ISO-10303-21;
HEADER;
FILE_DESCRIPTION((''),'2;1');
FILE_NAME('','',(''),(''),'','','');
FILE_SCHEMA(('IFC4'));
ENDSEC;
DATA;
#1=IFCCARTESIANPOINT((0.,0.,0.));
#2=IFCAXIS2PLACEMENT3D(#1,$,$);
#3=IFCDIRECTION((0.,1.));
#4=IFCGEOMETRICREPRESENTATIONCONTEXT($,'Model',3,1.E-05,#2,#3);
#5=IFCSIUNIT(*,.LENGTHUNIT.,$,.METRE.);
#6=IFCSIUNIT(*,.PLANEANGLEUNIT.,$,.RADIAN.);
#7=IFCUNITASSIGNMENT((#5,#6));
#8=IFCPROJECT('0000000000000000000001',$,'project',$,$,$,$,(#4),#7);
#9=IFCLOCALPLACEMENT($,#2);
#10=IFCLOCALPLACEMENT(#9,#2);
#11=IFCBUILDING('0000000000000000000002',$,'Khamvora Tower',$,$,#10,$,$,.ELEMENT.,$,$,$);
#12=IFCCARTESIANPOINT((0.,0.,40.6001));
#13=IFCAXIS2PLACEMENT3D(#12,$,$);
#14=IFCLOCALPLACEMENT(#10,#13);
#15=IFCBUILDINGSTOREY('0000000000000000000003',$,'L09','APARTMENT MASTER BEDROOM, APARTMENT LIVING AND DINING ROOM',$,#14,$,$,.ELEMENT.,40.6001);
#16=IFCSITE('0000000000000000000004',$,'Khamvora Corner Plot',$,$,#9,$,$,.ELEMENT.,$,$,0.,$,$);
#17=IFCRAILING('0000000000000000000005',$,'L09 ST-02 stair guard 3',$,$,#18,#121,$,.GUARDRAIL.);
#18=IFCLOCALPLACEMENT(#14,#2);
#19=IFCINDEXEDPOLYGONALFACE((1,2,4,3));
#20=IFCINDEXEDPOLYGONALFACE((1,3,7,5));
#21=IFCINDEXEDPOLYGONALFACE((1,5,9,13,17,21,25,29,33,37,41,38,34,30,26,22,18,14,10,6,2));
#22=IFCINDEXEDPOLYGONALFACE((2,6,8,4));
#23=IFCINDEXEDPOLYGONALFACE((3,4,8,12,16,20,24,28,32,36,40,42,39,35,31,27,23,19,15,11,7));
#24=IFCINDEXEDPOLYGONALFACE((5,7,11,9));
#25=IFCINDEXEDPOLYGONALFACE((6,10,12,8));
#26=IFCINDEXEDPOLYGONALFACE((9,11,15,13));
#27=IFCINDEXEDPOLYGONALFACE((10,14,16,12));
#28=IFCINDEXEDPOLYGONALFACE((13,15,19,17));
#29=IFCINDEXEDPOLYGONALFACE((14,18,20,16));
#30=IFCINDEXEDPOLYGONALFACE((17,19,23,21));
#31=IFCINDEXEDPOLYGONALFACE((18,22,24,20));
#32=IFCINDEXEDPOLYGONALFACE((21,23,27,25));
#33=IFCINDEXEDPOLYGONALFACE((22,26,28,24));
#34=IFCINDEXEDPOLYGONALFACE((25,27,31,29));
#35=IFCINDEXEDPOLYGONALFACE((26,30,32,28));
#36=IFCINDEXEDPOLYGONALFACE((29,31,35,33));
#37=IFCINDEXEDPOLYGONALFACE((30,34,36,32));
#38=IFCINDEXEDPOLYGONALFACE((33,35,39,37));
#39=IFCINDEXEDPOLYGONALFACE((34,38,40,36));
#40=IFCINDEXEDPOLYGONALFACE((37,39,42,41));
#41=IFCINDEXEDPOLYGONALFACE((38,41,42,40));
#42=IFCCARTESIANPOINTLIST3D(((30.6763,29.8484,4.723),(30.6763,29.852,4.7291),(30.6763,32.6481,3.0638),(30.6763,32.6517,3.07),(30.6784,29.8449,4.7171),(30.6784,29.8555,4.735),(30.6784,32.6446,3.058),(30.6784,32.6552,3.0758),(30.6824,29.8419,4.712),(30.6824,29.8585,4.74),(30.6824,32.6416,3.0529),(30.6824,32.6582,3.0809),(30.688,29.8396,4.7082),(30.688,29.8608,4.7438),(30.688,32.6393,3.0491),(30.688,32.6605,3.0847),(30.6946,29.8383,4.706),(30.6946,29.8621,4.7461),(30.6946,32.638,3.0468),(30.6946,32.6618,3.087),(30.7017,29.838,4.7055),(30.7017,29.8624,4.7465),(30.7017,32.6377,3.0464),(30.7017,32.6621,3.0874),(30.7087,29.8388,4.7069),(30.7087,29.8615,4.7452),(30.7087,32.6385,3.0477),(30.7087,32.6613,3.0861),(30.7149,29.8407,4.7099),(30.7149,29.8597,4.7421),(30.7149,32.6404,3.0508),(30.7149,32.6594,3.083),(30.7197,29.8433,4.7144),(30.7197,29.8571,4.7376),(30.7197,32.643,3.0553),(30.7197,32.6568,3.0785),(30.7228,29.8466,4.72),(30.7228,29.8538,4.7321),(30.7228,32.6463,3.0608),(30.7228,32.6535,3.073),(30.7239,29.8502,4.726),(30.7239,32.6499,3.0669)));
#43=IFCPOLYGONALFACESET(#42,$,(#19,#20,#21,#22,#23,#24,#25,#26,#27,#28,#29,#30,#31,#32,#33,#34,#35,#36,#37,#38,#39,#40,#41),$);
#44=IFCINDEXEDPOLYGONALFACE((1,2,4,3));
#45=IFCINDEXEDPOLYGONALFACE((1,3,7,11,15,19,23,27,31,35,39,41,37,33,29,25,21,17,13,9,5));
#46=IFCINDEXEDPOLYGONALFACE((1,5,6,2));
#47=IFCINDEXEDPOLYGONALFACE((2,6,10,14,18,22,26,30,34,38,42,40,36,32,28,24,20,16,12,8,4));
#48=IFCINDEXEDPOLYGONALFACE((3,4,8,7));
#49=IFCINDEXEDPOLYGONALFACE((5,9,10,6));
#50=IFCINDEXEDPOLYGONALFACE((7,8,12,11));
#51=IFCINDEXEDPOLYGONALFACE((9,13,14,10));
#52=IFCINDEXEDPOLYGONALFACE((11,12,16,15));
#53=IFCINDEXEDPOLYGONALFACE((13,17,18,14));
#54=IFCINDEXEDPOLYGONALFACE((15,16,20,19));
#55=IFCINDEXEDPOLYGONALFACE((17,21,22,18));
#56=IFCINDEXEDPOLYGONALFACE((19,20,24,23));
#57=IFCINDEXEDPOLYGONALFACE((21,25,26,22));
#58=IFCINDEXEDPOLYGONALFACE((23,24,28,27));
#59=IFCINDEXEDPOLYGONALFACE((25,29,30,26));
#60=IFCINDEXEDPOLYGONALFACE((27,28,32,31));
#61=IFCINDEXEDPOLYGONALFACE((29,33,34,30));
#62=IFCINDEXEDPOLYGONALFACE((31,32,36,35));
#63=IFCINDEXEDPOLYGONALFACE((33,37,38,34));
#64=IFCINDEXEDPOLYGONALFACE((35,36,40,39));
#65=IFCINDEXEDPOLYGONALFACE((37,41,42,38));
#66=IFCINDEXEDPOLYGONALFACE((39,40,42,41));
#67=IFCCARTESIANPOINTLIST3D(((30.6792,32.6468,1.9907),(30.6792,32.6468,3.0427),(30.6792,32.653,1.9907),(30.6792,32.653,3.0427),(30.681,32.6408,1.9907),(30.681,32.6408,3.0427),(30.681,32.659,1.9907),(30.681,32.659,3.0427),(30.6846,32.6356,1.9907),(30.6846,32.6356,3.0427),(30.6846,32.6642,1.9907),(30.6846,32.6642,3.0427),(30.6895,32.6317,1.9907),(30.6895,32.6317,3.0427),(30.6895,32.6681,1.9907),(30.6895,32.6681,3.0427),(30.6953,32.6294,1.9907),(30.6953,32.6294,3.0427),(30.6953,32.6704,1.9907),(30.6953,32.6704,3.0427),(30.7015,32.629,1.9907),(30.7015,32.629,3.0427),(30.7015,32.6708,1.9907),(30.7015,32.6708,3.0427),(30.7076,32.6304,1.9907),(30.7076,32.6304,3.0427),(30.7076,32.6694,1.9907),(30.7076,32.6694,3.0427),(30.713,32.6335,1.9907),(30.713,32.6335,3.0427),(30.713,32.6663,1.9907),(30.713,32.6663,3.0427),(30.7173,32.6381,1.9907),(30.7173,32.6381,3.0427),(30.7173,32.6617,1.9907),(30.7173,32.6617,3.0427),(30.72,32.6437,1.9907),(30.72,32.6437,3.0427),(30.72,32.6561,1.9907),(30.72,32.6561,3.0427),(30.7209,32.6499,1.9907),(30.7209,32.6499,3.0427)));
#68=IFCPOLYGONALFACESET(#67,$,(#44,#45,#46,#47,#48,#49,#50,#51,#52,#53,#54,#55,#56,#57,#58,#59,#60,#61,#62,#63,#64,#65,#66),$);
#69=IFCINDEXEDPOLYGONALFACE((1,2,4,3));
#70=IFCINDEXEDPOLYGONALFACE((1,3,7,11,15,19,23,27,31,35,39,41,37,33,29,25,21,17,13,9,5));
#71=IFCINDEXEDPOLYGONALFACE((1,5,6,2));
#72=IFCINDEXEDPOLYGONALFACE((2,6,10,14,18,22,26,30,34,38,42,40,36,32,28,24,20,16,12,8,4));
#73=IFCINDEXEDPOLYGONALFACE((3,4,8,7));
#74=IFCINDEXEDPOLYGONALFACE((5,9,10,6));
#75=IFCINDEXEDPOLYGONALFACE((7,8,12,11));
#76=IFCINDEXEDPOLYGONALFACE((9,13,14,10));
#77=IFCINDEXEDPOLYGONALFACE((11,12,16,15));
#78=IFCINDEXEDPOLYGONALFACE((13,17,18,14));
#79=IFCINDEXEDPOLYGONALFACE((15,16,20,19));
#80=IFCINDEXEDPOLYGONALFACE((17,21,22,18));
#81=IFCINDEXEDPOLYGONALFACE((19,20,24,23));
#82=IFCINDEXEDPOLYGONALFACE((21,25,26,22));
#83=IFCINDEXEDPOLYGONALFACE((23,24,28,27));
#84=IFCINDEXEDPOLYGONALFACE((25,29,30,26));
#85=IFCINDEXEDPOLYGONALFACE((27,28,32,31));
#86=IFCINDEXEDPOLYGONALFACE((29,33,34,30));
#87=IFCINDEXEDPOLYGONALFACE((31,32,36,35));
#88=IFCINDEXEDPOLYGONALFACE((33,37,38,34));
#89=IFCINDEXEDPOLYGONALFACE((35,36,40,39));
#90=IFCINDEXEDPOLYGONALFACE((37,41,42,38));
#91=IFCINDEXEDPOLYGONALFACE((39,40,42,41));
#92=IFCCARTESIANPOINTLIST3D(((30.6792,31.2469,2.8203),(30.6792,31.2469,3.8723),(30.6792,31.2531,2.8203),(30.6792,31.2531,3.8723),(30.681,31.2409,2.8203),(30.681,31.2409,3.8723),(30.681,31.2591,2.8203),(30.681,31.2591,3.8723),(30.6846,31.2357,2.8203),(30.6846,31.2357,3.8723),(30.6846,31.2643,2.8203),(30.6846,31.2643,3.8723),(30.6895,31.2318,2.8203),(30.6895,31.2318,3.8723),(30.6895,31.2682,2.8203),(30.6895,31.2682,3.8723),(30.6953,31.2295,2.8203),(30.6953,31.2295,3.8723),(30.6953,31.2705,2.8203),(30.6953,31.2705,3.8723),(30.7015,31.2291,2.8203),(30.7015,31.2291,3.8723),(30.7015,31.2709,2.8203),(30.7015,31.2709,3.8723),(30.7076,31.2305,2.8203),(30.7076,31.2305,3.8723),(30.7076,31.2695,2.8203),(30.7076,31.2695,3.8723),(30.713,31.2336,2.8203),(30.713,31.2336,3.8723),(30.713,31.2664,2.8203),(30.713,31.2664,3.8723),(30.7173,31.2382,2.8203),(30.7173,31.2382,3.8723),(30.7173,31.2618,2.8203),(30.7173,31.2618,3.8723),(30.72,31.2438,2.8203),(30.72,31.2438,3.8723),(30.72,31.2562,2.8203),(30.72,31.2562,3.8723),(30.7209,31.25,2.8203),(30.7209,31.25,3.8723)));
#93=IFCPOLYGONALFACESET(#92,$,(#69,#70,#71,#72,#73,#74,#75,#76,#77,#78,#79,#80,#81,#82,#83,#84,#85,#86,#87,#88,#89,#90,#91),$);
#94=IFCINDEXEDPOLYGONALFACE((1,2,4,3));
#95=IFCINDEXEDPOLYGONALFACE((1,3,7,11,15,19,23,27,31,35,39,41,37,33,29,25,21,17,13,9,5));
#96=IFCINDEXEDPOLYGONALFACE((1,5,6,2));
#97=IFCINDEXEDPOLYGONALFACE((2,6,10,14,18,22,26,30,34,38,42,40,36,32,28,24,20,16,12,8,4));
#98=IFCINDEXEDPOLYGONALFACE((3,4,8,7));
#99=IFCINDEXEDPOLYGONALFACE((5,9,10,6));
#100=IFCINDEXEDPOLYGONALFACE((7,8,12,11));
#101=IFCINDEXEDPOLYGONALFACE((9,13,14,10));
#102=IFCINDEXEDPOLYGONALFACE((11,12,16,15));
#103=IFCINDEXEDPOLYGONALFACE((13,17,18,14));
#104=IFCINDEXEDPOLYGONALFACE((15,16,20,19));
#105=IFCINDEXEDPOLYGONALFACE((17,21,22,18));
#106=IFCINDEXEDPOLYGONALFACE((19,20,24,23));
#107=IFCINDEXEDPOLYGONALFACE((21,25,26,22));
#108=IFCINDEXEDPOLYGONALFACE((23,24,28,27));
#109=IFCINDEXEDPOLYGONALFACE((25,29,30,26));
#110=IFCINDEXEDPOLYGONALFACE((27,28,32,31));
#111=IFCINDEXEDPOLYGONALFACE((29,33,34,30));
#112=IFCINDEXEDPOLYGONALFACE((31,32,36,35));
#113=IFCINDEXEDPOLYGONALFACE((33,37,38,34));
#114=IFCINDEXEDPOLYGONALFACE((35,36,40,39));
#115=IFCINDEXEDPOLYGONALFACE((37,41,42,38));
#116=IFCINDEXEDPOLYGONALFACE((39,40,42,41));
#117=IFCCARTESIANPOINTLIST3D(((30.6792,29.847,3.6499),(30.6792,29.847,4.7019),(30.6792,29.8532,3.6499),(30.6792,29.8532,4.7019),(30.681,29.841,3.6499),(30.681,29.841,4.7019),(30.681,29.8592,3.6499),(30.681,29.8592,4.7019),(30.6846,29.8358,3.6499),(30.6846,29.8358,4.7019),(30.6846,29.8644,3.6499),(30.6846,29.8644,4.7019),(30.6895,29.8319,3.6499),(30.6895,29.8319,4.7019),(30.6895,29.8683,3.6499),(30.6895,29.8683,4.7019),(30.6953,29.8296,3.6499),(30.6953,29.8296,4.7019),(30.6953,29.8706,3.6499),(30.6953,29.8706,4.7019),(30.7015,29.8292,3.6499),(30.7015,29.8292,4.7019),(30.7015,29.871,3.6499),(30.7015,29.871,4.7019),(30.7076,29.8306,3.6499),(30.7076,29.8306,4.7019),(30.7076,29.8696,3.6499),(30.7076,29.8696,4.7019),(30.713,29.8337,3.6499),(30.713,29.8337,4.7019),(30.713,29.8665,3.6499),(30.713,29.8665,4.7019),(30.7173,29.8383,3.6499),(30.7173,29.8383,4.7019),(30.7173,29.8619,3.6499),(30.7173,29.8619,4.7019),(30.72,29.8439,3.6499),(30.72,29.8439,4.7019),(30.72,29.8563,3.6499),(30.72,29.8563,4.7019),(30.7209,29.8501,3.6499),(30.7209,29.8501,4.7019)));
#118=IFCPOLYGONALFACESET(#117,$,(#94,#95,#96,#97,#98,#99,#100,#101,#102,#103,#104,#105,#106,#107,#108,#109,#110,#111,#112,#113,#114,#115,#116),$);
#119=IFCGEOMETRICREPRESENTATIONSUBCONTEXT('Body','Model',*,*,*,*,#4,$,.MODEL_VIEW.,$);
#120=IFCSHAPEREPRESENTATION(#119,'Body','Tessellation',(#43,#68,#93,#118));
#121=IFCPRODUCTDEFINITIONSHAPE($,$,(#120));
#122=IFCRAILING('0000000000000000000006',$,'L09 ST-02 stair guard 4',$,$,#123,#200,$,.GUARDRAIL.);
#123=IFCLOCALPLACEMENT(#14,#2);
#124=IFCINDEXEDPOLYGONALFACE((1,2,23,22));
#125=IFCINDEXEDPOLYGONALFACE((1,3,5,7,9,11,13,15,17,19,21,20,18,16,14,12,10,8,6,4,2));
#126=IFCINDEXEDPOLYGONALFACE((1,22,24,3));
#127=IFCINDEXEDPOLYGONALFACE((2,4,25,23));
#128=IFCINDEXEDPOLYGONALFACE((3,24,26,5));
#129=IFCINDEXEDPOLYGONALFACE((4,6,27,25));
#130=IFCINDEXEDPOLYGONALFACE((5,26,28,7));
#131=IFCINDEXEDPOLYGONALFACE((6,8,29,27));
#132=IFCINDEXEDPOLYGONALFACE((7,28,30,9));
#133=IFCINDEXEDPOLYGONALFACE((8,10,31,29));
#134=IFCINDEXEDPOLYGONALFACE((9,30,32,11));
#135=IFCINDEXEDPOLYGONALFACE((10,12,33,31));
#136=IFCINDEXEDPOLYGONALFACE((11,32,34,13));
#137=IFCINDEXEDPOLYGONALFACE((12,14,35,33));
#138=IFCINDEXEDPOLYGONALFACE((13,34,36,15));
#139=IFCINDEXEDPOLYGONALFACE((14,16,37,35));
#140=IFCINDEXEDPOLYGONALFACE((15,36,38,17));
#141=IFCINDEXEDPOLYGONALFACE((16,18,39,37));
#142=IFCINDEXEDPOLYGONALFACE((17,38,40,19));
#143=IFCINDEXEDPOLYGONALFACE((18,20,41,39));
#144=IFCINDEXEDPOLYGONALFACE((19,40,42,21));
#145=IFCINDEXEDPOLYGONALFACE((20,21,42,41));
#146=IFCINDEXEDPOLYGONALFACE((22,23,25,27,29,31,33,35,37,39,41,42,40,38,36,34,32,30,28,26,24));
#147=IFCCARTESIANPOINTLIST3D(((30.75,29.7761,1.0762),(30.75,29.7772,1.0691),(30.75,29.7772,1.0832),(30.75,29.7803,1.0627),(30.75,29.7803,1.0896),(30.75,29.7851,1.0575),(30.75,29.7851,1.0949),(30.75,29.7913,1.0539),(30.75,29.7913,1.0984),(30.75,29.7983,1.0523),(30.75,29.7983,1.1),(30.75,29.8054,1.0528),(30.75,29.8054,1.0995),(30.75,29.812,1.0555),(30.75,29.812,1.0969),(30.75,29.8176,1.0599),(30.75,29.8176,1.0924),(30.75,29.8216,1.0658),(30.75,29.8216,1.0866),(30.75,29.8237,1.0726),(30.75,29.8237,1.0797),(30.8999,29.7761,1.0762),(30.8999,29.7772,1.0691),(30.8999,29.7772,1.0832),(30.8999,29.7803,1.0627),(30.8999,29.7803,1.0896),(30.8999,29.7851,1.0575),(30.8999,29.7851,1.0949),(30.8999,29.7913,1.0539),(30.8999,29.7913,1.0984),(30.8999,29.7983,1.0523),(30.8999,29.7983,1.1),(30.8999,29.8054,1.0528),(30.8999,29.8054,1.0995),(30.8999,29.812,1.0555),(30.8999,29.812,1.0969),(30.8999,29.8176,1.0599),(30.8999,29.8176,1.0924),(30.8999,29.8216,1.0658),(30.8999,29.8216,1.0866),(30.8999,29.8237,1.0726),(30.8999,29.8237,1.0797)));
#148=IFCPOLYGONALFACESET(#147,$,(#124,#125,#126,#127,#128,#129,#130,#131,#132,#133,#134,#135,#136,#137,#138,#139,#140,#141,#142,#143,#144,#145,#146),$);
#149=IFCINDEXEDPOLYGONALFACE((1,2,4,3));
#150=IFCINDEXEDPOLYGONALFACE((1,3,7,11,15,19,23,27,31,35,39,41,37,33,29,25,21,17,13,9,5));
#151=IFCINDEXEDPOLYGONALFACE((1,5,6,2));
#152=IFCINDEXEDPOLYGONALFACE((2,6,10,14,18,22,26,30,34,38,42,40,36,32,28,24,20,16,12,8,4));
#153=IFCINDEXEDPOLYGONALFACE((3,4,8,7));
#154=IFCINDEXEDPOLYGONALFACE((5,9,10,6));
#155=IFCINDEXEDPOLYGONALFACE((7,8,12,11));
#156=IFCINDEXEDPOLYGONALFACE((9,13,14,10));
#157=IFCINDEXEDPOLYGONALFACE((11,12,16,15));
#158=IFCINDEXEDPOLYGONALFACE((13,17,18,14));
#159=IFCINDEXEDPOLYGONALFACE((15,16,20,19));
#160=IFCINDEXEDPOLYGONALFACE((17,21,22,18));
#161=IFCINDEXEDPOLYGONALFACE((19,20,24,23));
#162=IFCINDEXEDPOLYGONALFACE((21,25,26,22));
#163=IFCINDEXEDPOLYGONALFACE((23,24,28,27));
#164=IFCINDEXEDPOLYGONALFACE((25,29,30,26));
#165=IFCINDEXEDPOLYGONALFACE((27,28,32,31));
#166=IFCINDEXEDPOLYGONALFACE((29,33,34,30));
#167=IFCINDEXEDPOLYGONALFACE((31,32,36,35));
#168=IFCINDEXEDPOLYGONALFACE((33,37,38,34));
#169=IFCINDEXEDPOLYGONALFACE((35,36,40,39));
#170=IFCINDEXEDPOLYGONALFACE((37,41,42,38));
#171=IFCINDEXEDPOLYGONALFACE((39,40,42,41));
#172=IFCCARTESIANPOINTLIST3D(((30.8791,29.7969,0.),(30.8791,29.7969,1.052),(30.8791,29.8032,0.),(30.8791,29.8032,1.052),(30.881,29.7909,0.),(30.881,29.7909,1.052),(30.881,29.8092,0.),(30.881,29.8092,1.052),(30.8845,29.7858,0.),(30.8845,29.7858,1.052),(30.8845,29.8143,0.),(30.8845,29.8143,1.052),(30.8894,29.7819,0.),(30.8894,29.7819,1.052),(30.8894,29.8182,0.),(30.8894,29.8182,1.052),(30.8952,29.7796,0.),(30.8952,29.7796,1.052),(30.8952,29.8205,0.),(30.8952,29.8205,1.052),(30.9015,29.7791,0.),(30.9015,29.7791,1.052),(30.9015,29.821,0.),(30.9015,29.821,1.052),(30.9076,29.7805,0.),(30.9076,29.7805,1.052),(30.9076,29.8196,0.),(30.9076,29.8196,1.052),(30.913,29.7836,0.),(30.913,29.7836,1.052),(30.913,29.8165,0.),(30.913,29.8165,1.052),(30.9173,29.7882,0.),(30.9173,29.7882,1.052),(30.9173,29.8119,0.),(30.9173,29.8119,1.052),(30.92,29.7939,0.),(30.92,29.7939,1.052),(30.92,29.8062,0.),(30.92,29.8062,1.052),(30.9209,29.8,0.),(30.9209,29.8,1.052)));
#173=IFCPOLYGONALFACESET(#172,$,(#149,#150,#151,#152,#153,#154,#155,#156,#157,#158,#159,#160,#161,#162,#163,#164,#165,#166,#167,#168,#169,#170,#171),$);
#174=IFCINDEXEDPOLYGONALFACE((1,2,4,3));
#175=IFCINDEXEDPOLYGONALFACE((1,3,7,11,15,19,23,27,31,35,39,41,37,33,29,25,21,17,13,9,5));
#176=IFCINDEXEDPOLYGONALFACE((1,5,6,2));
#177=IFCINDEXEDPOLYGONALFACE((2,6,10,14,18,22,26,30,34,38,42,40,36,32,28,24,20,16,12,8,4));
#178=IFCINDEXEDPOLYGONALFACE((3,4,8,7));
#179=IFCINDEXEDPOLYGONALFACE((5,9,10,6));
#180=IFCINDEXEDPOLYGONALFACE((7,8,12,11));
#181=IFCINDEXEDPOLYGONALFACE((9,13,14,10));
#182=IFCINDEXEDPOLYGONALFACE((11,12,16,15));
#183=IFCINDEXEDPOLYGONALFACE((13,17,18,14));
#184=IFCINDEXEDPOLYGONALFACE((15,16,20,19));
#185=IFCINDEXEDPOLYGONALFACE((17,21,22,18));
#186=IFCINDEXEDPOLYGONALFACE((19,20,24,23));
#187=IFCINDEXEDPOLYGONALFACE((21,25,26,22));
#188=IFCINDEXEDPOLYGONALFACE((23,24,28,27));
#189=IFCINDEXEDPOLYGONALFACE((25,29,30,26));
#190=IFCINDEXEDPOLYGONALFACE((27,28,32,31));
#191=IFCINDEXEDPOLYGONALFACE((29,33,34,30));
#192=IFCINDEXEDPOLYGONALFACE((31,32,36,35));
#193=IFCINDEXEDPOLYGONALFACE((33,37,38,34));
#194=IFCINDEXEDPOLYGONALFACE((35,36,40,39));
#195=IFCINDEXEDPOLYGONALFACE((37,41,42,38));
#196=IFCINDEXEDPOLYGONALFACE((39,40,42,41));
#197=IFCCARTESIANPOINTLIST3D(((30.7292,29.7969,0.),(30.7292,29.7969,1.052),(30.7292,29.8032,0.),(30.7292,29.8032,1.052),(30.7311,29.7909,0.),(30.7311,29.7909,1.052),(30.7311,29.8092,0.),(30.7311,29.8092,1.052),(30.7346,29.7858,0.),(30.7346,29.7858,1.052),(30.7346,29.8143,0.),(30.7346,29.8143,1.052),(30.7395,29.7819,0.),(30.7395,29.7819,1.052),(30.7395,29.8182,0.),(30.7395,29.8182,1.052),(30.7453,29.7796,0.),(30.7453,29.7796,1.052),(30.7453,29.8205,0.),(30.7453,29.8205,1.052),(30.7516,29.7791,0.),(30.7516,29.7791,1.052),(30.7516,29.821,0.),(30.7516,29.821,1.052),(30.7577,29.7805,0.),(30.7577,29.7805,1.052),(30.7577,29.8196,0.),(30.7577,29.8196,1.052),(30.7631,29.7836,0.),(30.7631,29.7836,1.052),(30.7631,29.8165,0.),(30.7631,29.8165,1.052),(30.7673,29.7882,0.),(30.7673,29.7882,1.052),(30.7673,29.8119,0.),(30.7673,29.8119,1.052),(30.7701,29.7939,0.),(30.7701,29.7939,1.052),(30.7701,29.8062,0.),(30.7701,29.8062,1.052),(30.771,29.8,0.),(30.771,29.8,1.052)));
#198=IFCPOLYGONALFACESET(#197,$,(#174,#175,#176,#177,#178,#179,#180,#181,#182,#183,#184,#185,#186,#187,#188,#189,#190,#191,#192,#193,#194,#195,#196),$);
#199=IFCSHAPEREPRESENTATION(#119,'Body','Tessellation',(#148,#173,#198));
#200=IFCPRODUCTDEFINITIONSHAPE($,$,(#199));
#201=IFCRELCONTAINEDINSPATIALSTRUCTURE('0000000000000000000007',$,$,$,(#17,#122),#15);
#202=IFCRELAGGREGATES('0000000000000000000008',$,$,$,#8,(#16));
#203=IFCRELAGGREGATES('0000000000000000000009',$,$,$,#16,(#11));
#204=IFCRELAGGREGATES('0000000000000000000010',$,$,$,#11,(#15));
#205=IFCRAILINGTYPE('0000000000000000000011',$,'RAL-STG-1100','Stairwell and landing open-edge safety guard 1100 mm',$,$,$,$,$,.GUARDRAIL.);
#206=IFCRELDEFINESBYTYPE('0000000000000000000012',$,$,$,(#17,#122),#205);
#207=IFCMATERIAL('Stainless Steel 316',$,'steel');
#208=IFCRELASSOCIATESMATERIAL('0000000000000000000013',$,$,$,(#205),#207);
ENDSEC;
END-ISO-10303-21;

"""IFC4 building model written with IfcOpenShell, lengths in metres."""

from ifc_helpers import new_model, si_unit, direction, frame, origin, origin_2d, place, context, subcontext, project, spatial, circle, extrude, material, type_object, element, save


model = new_model("IFC4")

# Units and contexts
model_context = context("Model", 3, precision=1e-05, world=origin(), true_north=direction((0.0, 1.0)))
body_context = subcontext(model_context, "Body", "Model", "MODEL_VIEW")
ifc_project = project(units=[si_unit("LENGTHUNIT", "METRE"), si_unit("PLANEANGLEUNIT", "RADIAN")], contexts=[model_context])

# Site, building, storey
site_placement = place(None, origin())
site = spatial("IfcSite", under=ifc_project, at=site_placement, Name="Khamvora Corner Plot", CompositionType="ELEMENT", RefElevation=0.0)
building_placement = place(site_placement, origin())
building = spatial("IfcBuilding", under=site, at=building_placement, Name="Khamvora Tower", CompositionType="ELEMENT")
storey_placement = place(building_placement, frame((0.0, 0.0, 40.6001)))
storey = spatial("IfcBuildingStorey", under=building, at=storey_placement, Name="L09", Description="APARTMENT MASTER BEDROOM, APARTMENT LIVING AND DINING ROOM", CompositionType="ELEMENT", Elevation=40.6001)

# Railings
ifc_material_1 = material(Name="Stainless Steel 316", Category="steel")
railing_type_1 = type_object("IfcRailingType", Name="RAL-STG-1100", Description="Stairwell and landing open-edge safety guard 1100 mm", PredefinedType="GUARDRAIL", material=ifc_material_1)
railing_1_placement = place(storey_placement, frame((30.7, 32.6499, 1.9907)))
element("IfcRailing", 1, at=railing_1_placement, inside=storey, type_object=railing_type_1, Name="L09 ST-02 stair guard 3", PredefinedType="GUARDRAIL", context=body_context, shape_type="SweptSolid", body=[
    extrude(circle(Radius=0.0239, at=origin_2d()), frame((0.0, 0.0, 1.0762), z_axis=(0.0, -0.860287, 0.509811), x_axis=(1.0, 0.0, 0.0)), (0.0, 0.0, 1.0), 3.2544),
    extrude(circle(Radius=0.021, at=origin_2d()), origin(), (0.0, 0.0, 1.0), 1.052),
    extrude(circle(Radius=0.021, at=origin_2d()), frame((0.0, -1.3999, 0.8296)), (0.0, 0.0, 1.0), 1.052),
    extrude(circle(Radius=0.021, at=origin_2d()), frame((0.0, -2.7998, 1.6592)), (0.0, 0.0, 1.0), 1.052),
])
railing_2_placement = place(storey_placement, frame((30.8999, 29.8, 0.0)))
element("IfcRailing", 2, at=railing_2_placement, inside=storey, type_object=railing_type_1, Name="L09 ST-02 stair guard 4", PredefinedType="GUARDRAIL", context=body_context, shape_type="SweptSolid", body=[
    extrude(circle(Radius=0.0239, at=origin_2d()), frame((0.0, 0.0, 1.0762), z_axis=(-1.0, 0.0, 0.0), x_axis=(0.0, -1.0, 0.0)), (0.0, 0.0, 1.0), 0.1499),
    extrude(circle(Radius=0.021, at=origin_2d()), origin(), (0.0, 0.0, 1.0), 1.052),
    extrude(circle(Radius=0.021, at=origin_2d()), frame((-0.1499, 0.0, 0.0)), (0.0, 0.0, 1.0), 1.052),
])

save(model, "model.ifc")
